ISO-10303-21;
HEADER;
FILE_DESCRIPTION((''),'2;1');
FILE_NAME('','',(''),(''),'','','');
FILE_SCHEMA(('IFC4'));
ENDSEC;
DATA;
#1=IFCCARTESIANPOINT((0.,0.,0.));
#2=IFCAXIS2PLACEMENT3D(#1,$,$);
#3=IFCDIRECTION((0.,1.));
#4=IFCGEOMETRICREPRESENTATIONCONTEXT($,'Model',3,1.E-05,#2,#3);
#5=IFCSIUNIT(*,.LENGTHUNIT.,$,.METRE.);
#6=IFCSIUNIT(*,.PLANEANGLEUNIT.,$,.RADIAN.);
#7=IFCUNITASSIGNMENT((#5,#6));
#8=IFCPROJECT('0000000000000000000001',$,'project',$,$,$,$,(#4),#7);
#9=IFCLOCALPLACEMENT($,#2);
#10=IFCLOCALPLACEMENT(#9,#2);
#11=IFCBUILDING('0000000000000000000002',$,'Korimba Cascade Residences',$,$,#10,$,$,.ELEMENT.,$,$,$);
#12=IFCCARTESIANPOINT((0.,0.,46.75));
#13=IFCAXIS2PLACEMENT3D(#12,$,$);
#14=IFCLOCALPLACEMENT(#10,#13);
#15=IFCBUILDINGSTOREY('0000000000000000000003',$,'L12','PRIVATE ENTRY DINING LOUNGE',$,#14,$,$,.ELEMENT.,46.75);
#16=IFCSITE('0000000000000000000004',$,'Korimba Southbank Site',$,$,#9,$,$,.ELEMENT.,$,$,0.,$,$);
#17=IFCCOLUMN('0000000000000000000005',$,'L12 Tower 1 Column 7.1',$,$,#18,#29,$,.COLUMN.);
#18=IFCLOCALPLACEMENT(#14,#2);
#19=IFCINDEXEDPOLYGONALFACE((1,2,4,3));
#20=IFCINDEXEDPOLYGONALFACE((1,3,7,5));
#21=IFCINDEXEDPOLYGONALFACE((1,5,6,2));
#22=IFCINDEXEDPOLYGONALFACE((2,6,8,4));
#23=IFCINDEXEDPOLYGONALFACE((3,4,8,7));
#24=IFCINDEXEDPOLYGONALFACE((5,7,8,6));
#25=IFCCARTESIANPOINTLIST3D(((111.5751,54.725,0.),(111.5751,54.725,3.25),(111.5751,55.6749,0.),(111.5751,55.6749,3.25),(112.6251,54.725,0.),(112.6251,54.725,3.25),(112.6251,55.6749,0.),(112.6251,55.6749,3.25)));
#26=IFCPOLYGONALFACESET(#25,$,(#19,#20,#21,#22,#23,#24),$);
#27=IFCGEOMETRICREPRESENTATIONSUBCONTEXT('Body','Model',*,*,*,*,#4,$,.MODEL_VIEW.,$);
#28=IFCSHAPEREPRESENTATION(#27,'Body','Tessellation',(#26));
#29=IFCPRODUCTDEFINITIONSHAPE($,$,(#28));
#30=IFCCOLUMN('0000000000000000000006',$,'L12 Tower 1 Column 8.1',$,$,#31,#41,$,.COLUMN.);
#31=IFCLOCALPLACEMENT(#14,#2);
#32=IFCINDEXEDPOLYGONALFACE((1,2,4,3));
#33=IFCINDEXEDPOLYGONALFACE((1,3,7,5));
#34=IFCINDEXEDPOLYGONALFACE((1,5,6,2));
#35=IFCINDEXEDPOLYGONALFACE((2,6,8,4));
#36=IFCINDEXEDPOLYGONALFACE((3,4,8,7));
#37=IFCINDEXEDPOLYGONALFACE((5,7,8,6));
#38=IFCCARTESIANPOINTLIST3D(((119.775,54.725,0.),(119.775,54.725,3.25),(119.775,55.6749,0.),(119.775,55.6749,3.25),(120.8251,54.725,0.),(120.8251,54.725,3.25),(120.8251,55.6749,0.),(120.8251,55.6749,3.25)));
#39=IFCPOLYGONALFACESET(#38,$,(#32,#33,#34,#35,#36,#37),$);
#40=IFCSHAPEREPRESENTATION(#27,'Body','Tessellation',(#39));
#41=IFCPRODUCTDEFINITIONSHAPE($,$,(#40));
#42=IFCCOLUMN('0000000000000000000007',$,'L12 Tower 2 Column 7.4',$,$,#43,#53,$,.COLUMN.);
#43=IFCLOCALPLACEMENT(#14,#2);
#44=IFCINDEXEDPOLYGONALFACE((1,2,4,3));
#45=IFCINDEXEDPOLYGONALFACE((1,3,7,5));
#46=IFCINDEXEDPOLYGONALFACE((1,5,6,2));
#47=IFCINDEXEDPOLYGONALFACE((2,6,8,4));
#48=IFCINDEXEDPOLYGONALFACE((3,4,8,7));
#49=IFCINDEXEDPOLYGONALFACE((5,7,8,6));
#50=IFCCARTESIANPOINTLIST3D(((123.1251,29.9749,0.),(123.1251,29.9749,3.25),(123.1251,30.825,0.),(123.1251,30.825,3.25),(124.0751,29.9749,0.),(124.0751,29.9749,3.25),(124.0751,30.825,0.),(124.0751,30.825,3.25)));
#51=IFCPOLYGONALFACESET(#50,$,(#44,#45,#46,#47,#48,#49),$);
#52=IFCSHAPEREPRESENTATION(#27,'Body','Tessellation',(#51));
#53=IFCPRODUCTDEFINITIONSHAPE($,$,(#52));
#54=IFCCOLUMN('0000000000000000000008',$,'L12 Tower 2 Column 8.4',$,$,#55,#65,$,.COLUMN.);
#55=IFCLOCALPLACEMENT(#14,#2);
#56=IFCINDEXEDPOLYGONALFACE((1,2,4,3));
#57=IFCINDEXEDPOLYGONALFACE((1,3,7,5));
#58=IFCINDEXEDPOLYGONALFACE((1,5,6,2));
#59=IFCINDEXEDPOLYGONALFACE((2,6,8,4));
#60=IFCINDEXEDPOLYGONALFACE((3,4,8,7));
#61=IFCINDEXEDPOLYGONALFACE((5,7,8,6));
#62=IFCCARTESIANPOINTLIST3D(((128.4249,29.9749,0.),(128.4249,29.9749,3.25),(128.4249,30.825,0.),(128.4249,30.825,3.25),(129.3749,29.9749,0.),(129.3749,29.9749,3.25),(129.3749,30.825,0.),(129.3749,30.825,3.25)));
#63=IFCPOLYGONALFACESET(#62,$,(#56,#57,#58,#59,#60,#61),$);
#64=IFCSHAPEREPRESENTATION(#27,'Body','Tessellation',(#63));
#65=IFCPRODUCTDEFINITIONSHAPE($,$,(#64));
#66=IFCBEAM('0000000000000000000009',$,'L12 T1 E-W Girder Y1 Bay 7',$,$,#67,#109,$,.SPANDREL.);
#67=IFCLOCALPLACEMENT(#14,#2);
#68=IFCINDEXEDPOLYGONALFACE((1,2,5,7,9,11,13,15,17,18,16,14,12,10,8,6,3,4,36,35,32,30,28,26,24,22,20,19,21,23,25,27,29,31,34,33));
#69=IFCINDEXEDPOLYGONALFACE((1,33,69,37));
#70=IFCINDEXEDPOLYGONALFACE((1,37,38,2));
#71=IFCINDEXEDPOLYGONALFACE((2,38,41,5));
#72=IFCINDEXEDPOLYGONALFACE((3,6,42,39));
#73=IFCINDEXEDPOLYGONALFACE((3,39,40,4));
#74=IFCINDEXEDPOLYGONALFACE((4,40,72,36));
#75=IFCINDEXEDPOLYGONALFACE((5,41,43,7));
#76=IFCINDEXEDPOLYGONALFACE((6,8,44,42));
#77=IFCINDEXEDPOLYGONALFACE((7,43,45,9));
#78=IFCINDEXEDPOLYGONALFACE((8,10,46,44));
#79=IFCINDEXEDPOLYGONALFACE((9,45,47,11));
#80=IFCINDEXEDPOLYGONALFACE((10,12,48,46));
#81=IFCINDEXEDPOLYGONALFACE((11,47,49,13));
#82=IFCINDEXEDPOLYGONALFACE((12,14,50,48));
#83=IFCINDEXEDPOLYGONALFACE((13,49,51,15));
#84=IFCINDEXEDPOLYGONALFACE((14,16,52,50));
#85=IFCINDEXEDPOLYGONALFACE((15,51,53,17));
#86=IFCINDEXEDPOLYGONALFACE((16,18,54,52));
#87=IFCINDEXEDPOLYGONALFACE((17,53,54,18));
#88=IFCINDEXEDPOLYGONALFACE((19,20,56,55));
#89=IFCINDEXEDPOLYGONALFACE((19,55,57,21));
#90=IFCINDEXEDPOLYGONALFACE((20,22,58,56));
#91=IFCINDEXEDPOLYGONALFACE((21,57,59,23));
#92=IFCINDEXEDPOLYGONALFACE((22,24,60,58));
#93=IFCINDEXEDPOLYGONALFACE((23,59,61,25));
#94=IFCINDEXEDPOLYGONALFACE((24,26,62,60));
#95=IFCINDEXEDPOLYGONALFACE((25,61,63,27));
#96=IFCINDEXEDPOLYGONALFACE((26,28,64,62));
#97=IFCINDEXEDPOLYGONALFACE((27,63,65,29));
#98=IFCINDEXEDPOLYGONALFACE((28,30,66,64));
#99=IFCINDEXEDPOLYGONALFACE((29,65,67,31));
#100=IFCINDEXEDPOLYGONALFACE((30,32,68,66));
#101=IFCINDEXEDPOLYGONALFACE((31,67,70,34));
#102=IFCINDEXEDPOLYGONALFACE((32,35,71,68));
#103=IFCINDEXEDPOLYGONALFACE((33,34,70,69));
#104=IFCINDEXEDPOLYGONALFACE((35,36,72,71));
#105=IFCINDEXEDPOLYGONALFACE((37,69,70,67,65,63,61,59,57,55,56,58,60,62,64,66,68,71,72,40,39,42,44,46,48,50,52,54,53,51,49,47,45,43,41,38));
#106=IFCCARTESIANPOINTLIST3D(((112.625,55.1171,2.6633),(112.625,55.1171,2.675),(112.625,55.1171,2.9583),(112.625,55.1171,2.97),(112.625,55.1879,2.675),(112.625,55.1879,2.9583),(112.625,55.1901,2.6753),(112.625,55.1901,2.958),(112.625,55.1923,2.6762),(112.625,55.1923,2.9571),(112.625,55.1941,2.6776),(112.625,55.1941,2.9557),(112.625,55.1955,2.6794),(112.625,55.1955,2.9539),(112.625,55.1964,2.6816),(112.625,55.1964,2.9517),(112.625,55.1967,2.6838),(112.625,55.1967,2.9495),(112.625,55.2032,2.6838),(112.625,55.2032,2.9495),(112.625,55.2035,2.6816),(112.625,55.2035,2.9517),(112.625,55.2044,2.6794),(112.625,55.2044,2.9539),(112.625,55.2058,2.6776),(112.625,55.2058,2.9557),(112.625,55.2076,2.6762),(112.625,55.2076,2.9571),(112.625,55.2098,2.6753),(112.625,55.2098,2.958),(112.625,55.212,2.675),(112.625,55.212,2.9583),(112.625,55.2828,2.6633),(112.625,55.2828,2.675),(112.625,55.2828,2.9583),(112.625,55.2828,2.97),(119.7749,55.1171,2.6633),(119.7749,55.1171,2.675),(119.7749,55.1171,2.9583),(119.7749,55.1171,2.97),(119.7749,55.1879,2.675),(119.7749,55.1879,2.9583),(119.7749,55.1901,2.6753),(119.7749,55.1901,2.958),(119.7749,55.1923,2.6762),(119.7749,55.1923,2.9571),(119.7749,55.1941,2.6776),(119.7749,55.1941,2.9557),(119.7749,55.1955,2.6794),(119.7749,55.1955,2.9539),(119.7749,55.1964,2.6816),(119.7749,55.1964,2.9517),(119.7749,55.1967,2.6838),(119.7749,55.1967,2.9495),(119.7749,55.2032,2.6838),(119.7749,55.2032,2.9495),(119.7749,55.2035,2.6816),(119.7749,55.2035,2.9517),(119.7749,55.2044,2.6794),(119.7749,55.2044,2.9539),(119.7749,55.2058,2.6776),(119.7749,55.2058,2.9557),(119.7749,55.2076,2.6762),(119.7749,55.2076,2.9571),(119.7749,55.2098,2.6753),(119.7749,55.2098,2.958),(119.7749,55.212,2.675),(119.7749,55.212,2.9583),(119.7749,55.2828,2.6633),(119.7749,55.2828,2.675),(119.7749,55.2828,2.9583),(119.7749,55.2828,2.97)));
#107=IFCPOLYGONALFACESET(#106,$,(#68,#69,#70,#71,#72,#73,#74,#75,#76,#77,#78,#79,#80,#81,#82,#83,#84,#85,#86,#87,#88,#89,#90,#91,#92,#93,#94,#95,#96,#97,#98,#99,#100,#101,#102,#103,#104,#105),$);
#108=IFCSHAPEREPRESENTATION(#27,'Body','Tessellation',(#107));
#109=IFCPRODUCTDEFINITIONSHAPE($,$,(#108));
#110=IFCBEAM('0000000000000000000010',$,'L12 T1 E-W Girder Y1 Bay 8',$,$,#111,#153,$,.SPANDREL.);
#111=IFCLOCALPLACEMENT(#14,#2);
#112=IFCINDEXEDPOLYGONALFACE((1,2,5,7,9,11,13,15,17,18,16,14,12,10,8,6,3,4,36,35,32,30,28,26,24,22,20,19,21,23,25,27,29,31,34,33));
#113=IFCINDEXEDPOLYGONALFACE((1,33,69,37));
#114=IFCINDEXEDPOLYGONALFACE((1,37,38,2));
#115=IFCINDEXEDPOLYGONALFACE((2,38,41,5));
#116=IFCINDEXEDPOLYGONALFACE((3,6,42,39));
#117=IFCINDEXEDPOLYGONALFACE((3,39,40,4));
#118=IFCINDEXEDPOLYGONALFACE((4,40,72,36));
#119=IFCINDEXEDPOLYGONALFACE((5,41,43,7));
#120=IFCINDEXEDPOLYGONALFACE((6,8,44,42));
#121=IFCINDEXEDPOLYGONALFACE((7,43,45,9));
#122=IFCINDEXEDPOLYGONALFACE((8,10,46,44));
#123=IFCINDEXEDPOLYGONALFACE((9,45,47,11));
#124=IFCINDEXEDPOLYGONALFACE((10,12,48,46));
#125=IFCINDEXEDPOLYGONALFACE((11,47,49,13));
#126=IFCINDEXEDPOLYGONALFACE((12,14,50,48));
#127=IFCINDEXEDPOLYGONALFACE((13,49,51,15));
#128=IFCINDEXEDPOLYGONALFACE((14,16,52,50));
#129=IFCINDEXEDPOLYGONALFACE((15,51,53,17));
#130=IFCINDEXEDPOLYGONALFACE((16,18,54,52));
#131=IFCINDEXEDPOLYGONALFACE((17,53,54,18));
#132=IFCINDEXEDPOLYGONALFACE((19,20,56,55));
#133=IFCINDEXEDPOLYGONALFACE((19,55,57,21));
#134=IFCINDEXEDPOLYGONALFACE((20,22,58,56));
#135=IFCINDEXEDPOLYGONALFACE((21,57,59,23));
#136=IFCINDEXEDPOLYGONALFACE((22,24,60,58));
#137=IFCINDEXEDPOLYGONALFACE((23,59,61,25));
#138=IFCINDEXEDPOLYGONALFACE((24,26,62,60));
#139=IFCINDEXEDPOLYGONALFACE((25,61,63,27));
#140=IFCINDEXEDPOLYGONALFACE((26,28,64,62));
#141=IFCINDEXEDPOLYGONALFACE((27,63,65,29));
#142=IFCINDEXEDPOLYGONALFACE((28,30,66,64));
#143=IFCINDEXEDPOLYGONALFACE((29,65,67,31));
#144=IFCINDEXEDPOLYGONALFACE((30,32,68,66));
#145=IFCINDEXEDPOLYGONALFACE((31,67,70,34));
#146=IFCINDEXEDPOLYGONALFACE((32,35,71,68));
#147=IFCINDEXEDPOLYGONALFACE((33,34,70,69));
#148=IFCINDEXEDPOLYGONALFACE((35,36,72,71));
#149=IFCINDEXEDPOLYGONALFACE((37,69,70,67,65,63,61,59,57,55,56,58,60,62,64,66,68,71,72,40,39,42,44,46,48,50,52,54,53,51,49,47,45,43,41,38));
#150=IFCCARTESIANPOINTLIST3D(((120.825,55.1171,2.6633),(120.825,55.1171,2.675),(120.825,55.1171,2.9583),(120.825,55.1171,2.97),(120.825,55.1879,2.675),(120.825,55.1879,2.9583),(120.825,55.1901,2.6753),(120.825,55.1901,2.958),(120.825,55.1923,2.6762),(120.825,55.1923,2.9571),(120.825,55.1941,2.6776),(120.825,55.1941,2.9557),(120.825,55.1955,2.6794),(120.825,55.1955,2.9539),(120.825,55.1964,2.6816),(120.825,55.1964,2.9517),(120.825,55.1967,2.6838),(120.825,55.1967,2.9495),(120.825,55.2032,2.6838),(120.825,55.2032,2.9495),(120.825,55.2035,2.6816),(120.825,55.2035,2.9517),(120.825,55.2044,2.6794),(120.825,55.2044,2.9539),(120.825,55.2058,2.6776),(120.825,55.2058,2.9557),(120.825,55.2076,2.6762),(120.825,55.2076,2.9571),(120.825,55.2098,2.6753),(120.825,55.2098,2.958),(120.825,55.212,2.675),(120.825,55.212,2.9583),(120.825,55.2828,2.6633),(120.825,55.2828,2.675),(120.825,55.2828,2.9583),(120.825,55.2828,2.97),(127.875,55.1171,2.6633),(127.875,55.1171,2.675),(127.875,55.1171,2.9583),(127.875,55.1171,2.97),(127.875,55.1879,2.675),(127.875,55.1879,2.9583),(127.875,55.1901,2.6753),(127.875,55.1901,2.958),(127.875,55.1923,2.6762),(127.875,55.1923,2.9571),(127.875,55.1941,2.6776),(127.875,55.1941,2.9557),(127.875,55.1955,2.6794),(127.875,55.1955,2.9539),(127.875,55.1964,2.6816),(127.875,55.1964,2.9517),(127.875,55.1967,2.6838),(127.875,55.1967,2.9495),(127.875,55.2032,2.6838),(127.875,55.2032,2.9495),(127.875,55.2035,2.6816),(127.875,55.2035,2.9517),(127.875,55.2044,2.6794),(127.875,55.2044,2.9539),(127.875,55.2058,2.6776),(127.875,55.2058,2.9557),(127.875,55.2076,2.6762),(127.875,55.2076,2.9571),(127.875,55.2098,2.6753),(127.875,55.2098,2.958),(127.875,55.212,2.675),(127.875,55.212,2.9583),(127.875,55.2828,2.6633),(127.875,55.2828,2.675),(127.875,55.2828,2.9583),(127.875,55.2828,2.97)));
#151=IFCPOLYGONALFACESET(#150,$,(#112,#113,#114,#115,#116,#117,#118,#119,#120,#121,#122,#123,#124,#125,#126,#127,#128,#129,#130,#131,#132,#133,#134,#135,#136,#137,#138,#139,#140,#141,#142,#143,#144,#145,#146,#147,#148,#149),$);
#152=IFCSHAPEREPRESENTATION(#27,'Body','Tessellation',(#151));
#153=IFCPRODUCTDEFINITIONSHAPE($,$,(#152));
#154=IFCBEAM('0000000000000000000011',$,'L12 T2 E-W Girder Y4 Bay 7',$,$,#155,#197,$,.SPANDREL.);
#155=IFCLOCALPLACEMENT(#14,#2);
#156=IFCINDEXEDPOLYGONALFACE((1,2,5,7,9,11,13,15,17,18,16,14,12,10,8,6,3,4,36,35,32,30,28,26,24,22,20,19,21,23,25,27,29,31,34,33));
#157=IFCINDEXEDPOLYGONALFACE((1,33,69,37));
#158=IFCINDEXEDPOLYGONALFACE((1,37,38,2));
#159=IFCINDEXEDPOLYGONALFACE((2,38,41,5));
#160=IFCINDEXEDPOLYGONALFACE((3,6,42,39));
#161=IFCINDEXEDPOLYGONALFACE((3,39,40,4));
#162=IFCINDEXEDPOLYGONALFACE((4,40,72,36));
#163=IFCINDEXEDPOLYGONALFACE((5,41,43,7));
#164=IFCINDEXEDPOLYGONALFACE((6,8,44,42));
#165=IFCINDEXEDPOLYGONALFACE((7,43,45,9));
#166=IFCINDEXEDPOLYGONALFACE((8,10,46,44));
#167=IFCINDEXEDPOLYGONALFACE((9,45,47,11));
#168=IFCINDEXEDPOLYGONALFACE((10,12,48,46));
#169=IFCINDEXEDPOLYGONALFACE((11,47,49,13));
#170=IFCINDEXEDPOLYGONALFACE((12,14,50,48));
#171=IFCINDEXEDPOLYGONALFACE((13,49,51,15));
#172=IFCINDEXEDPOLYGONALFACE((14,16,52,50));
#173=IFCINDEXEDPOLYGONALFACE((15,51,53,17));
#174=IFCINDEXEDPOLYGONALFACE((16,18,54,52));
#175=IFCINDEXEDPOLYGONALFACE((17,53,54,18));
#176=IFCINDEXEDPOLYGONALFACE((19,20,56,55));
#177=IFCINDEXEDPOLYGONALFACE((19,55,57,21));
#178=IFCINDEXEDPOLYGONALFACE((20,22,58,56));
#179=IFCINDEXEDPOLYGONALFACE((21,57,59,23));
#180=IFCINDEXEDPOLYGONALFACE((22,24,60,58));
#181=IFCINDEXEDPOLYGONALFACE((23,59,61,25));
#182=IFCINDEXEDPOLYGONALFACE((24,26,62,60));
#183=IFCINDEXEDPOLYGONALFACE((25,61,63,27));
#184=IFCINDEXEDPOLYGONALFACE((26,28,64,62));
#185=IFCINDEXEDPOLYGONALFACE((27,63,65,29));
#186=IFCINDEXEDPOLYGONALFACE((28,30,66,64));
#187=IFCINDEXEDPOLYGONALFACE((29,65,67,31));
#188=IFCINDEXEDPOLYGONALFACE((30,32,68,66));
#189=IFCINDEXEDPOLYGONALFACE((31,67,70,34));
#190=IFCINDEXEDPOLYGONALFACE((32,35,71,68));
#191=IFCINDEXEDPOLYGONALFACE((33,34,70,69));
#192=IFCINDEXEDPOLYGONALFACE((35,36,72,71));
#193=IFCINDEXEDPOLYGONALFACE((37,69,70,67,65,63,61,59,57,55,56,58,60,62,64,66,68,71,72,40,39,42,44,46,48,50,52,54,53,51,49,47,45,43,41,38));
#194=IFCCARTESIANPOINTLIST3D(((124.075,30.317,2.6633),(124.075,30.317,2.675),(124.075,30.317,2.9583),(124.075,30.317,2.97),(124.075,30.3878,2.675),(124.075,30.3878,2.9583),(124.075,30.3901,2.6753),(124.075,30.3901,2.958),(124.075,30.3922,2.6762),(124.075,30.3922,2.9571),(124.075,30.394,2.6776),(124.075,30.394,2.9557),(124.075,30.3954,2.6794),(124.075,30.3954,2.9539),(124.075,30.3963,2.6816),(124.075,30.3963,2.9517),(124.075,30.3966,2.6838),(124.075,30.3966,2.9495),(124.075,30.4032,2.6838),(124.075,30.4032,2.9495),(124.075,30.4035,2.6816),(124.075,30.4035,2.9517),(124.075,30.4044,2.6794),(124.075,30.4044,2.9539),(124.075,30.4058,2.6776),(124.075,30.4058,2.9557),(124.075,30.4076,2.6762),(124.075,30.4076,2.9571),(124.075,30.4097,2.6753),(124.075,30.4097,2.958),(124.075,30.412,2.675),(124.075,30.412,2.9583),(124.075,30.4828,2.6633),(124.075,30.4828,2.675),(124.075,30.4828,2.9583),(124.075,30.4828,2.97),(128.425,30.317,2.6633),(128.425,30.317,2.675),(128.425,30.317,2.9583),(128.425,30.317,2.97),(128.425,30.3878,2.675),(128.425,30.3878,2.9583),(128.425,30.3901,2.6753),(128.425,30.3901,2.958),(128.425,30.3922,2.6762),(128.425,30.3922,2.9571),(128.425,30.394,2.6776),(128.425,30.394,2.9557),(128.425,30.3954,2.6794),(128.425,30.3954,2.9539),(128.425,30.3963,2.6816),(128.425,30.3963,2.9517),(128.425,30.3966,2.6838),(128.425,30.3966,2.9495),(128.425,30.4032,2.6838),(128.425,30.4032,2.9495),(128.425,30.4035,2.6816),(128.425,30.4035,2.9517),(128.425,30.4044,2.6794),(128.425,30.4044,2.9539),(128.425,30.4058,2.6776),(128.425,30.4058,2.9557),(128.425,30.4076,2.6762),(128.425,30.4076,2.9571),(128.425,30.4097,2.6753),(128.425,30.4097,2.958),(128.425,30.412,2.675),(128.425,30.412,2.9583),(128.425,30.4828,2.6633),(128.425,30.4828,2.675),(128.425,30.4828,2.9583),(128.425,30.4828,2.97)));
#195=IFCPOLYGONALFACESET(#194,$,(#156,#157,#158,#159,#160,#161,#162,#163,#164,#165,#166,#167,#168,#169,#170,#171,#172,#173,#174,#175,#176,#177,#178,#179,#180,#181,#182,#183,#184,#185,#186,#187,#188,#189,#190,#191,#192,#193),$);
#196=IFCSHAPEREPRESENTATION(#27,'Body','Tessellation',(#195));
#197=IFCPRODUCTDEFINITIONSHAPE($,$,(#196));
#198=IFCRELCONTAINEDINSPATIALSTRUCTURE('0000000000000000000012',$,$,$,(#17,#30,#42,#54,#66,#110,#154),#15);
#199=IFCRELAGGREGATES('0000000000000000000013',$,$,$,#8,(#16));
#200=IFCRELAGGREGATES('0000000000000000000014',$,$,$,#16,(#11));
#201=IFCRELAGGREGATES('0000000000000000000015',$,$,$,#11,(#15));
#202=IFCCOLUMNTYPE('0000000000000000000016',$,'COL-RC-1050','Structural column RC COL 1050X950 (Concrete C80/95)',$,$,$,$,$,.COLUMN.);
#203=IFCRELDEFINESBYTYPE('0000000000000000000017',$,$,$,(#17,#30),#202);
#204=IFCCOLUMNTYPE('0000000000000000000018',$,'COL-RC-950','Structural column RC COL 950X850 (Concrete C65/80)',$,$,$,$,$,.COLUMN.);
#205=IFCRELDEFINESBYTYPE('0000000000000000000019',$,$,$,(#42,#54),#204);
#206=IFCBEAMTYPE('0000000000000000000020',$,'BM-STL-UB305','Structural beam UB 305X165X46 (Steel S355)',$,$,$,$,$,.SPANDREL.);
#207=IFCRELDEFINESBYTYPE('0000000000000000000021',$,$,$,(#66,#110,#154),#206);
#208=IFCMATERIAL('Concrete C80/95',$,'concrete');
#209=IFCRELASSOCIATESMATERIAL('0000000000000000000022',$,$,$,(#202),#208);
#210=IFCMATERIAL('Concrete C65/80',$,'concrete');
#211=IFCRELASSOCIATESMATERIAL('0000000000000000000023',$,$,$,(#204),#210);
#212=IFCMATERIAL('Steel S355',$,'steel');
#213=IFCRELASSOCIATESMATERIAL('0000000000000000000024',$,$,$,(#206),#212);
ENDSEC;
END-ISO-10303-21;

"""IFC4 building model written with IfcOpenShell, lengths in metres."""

from ifc_helpers import new_model, si_unit, direction, frame, origin, origin_2d, place, context, subcontext, project, spatial, rectangle, i_section, extrude, material, material_profile, profile_set, type_object, element, save


model = new_model("IFC4")

# Units and contexts
model_context = context("Model", 3, precision=1e-05, world=origin(), true_north=direction((0.0, 1.0)))
body_context = subcontext(model_context, "Body", "Model", "MODEL_VIEW")
ifc_project = project(units=[si_unit("LENGTHUNIT", "METRE"), si_unit("PLANEANGLEUNIT", "RADIAN")], contexts=[model_context])

# Site, building, storey
site_placement = place(None, origin())
site = spatial("IfcSite", under=ifc_project, at=site_placement, Name="Korimba Southbank Site", CompositionType="ELEMENT", RefElevation=0.0)
building_placement = place(site_placement, origin())
building = spatial("IfcBuilding", under=site, at=building_placement, Name="Korimba Cascade Residences", CompositionType="ELEMENT")
storey_placement = place(building_placement, frame((0.0, 0.0, 46.75)))
storey = spatial("IfcBuildingStorey", under=building, at=storey_placement, Name="L12", Description="PRIVATE ENTRY DINING LOUNGE", CompositionType="ELEMENT", Elevation=46.75)

# Columns
ifc_material_1 = material(Name="Concrete C80/95", Category="concrete")
ifc_material_profile_1 = material_profile(ifc_material_1, rectangle(XDim=1.05, YDim=0.95, at=origin_2d()), Name="Concrete C80/95")
ifc_profile_set_1 = profile_set([ifc_material_profile_1], Name="Concrete C80/95")
column_type_1 = type_object("IfcColumnType", Name="COL-RC-1050", Description="Structural column RC COL 1050X950 (Concrete C80/95)", PredefinedType="COLUMN", material=ifc_profile_set_1)
for number, where, z_axis, x_axis, name in (
    (1, (112.1001, 55.2, 0.0), (0.0, 0.0, 1.0), (1.0, 0.0, 0.0), "L12 Tower 1 Column 7.1"),
    (2, (120.3, 55.2, 0.0), (0.0, 0.0, 1.0), (1.0, 0.0, 0.0), "L12 Tower 1 Column 8.1"),
):
    element("IfcColumn", number, at=place(storey_placement, frame(where, z_axis=z_axis, x_axis=x_axis)), inside=storey, type_object=column_type_1, Name=name, PredefinedType="COLUMN", context=body_context, shape_type="SweptSolid", body=[
        extrude(rectangle(XDim=1.05, YDim=0.95, at=origin_2d()), origin(), (0.0, 0.0, 1.0), 3.25),
    ])
ifc_material_2 = material(Name="Concrete C65/80", Category="concrete")
ifc_material_profile_2 = material_profile(ifc_material_2, rectangle(XDim=0.95, YDim=0.8501, at=origin_2d()), Name="Concrete C65/80")
ifc_profile_set_2 = profile_set([ifc_material_profile_2], Name="Concrete C65/80")
column_type_2 = type_object("IfcColumnType", Name="COL-RC-950", Description="Structural column RC COL 950X850 (Concrete C65/80)", PredefinedType="COLUMN", material=ifc_profile_set_2)
for number, where, z_axis, x_axis, name in (
    (3, (123.6001, 30.3999, 0.0), (0.0, 0.0, 1.0), (1.0, 0.0, 0.0), "L12 Tower 2 Column 7.4"),
    (4, (128.8999, 30.3999, 0.0), (0.0, 0.0, 1.0), (1.0, 0.0, 0.0), "L12 Tower 2 Column 8.4"),
):
    element("IfcColumn", number, at=place(storey_placement, frame(where, z_axis=z_axis, x_axis=x_axis)), inside=storey, type_object=column_type_2, Name=name, PredefinedType="COLUMN", context=body_context, shape_type="SweptSolid", body=[
        extrude(rectangle(XDim=0.95, YDim=0.8501, at=origin_2d()), origin(), (0.0, 0.0, 1.0), 3.25),
    ])

# Beams
ifc_material_3 = material(Name="Steel S355", Category="steel")
ifc_material_profile_3 = material_profile(ifc_material_3, i_section(OverallWidth=0.1658, OverallDepth=0.3066, WebThickness=0.0066, FlangeThickness=0.0117, FilletRadius=0.0088, at=origin_2d()), Name="Steel S355")
ifc_profile_set_3 = profile_set([ifc_material_profile_3], Name="Steel S355")
beam_type = type_object("IfcBeamType", Name="BM-STL-UB305", Description="Structural beam UB 305X165X46 (Steel S355)", PredefinedType="SPANDREL", material=ifc_profile_set_3)
beam_1_placement = place(storey_placement, frame((112.625, 55.2, 2.8167), z_axis=(1.0, 0.0, 0.0), x_axis=(0.0, 1.0, 0.0)))
element("IfcBeam", 5, at=beam_1_placement, inside=storey, type_object=beam_type, Name="L12 T1 E-W Girder Y1 Bay 7", PredefinedType="SPANDREL", context=body_context, shape_type="SweptSolid", body=[
    extrude(i_section(OverallWidth=0.1658, OverallDepth=0.3066, WebThickness=0.0066, FlangeThickness=0.0117, FilletRadius=0.0088, at=origin_2d()), origin(), (0.0, 0.0, 1.0), 7.1499),
])
beam_2_placement = place(storey_placement, frame((120.825, 55.2, 2.8167), z_axis=(1.0, 0.0, 0.0), x_axis=(0.0, 1.0, 0.0)))
element("IfcBeam", 6, at=beam_2_placement, inside=storey, type_object=beam_type, Name="L12 T1 E-W Girder Y1 Bay 8", PredefinedType="SPANDREL", context=body_context, shape_type="SweptSolid", body=[
    extrude(i_section(OverallWidth=0.1658, OverallDepth=0.3066, WebThickness=0.0066, FlangeThickness=0.0117, FilletRadius=0.0088, at=origin_2d()), origin(), (0.0, 0.0, 1.0), 7.05),
])
beam_3_placement = place(storey_placement, frame((124.075, 30.3999, 2.8167), z_axis=(1.0, 0.0, 0.0), x_axis=(0.0, 1.0, 0.0)))
element("IfcBeam", 7, at=beam_3_placement, inside=storey, type_object=beam_type, Name="L12 T2 E-W Girder Y4 Bay 7", PredefinedType="SPANDREL", context=body_context, shape_type="SweptSolid", body=[
    extrude(i_section(OverallWidth=0.1658, OverallDepth=0.3066, WebThickness=0.0066, FlangeThickness=0.0117, FilletRadius=0.0088, at=origin_2d()), origin(), (0.0, 0.0, 1.0), 4.3501),
])

save(model, "model.ifc")
